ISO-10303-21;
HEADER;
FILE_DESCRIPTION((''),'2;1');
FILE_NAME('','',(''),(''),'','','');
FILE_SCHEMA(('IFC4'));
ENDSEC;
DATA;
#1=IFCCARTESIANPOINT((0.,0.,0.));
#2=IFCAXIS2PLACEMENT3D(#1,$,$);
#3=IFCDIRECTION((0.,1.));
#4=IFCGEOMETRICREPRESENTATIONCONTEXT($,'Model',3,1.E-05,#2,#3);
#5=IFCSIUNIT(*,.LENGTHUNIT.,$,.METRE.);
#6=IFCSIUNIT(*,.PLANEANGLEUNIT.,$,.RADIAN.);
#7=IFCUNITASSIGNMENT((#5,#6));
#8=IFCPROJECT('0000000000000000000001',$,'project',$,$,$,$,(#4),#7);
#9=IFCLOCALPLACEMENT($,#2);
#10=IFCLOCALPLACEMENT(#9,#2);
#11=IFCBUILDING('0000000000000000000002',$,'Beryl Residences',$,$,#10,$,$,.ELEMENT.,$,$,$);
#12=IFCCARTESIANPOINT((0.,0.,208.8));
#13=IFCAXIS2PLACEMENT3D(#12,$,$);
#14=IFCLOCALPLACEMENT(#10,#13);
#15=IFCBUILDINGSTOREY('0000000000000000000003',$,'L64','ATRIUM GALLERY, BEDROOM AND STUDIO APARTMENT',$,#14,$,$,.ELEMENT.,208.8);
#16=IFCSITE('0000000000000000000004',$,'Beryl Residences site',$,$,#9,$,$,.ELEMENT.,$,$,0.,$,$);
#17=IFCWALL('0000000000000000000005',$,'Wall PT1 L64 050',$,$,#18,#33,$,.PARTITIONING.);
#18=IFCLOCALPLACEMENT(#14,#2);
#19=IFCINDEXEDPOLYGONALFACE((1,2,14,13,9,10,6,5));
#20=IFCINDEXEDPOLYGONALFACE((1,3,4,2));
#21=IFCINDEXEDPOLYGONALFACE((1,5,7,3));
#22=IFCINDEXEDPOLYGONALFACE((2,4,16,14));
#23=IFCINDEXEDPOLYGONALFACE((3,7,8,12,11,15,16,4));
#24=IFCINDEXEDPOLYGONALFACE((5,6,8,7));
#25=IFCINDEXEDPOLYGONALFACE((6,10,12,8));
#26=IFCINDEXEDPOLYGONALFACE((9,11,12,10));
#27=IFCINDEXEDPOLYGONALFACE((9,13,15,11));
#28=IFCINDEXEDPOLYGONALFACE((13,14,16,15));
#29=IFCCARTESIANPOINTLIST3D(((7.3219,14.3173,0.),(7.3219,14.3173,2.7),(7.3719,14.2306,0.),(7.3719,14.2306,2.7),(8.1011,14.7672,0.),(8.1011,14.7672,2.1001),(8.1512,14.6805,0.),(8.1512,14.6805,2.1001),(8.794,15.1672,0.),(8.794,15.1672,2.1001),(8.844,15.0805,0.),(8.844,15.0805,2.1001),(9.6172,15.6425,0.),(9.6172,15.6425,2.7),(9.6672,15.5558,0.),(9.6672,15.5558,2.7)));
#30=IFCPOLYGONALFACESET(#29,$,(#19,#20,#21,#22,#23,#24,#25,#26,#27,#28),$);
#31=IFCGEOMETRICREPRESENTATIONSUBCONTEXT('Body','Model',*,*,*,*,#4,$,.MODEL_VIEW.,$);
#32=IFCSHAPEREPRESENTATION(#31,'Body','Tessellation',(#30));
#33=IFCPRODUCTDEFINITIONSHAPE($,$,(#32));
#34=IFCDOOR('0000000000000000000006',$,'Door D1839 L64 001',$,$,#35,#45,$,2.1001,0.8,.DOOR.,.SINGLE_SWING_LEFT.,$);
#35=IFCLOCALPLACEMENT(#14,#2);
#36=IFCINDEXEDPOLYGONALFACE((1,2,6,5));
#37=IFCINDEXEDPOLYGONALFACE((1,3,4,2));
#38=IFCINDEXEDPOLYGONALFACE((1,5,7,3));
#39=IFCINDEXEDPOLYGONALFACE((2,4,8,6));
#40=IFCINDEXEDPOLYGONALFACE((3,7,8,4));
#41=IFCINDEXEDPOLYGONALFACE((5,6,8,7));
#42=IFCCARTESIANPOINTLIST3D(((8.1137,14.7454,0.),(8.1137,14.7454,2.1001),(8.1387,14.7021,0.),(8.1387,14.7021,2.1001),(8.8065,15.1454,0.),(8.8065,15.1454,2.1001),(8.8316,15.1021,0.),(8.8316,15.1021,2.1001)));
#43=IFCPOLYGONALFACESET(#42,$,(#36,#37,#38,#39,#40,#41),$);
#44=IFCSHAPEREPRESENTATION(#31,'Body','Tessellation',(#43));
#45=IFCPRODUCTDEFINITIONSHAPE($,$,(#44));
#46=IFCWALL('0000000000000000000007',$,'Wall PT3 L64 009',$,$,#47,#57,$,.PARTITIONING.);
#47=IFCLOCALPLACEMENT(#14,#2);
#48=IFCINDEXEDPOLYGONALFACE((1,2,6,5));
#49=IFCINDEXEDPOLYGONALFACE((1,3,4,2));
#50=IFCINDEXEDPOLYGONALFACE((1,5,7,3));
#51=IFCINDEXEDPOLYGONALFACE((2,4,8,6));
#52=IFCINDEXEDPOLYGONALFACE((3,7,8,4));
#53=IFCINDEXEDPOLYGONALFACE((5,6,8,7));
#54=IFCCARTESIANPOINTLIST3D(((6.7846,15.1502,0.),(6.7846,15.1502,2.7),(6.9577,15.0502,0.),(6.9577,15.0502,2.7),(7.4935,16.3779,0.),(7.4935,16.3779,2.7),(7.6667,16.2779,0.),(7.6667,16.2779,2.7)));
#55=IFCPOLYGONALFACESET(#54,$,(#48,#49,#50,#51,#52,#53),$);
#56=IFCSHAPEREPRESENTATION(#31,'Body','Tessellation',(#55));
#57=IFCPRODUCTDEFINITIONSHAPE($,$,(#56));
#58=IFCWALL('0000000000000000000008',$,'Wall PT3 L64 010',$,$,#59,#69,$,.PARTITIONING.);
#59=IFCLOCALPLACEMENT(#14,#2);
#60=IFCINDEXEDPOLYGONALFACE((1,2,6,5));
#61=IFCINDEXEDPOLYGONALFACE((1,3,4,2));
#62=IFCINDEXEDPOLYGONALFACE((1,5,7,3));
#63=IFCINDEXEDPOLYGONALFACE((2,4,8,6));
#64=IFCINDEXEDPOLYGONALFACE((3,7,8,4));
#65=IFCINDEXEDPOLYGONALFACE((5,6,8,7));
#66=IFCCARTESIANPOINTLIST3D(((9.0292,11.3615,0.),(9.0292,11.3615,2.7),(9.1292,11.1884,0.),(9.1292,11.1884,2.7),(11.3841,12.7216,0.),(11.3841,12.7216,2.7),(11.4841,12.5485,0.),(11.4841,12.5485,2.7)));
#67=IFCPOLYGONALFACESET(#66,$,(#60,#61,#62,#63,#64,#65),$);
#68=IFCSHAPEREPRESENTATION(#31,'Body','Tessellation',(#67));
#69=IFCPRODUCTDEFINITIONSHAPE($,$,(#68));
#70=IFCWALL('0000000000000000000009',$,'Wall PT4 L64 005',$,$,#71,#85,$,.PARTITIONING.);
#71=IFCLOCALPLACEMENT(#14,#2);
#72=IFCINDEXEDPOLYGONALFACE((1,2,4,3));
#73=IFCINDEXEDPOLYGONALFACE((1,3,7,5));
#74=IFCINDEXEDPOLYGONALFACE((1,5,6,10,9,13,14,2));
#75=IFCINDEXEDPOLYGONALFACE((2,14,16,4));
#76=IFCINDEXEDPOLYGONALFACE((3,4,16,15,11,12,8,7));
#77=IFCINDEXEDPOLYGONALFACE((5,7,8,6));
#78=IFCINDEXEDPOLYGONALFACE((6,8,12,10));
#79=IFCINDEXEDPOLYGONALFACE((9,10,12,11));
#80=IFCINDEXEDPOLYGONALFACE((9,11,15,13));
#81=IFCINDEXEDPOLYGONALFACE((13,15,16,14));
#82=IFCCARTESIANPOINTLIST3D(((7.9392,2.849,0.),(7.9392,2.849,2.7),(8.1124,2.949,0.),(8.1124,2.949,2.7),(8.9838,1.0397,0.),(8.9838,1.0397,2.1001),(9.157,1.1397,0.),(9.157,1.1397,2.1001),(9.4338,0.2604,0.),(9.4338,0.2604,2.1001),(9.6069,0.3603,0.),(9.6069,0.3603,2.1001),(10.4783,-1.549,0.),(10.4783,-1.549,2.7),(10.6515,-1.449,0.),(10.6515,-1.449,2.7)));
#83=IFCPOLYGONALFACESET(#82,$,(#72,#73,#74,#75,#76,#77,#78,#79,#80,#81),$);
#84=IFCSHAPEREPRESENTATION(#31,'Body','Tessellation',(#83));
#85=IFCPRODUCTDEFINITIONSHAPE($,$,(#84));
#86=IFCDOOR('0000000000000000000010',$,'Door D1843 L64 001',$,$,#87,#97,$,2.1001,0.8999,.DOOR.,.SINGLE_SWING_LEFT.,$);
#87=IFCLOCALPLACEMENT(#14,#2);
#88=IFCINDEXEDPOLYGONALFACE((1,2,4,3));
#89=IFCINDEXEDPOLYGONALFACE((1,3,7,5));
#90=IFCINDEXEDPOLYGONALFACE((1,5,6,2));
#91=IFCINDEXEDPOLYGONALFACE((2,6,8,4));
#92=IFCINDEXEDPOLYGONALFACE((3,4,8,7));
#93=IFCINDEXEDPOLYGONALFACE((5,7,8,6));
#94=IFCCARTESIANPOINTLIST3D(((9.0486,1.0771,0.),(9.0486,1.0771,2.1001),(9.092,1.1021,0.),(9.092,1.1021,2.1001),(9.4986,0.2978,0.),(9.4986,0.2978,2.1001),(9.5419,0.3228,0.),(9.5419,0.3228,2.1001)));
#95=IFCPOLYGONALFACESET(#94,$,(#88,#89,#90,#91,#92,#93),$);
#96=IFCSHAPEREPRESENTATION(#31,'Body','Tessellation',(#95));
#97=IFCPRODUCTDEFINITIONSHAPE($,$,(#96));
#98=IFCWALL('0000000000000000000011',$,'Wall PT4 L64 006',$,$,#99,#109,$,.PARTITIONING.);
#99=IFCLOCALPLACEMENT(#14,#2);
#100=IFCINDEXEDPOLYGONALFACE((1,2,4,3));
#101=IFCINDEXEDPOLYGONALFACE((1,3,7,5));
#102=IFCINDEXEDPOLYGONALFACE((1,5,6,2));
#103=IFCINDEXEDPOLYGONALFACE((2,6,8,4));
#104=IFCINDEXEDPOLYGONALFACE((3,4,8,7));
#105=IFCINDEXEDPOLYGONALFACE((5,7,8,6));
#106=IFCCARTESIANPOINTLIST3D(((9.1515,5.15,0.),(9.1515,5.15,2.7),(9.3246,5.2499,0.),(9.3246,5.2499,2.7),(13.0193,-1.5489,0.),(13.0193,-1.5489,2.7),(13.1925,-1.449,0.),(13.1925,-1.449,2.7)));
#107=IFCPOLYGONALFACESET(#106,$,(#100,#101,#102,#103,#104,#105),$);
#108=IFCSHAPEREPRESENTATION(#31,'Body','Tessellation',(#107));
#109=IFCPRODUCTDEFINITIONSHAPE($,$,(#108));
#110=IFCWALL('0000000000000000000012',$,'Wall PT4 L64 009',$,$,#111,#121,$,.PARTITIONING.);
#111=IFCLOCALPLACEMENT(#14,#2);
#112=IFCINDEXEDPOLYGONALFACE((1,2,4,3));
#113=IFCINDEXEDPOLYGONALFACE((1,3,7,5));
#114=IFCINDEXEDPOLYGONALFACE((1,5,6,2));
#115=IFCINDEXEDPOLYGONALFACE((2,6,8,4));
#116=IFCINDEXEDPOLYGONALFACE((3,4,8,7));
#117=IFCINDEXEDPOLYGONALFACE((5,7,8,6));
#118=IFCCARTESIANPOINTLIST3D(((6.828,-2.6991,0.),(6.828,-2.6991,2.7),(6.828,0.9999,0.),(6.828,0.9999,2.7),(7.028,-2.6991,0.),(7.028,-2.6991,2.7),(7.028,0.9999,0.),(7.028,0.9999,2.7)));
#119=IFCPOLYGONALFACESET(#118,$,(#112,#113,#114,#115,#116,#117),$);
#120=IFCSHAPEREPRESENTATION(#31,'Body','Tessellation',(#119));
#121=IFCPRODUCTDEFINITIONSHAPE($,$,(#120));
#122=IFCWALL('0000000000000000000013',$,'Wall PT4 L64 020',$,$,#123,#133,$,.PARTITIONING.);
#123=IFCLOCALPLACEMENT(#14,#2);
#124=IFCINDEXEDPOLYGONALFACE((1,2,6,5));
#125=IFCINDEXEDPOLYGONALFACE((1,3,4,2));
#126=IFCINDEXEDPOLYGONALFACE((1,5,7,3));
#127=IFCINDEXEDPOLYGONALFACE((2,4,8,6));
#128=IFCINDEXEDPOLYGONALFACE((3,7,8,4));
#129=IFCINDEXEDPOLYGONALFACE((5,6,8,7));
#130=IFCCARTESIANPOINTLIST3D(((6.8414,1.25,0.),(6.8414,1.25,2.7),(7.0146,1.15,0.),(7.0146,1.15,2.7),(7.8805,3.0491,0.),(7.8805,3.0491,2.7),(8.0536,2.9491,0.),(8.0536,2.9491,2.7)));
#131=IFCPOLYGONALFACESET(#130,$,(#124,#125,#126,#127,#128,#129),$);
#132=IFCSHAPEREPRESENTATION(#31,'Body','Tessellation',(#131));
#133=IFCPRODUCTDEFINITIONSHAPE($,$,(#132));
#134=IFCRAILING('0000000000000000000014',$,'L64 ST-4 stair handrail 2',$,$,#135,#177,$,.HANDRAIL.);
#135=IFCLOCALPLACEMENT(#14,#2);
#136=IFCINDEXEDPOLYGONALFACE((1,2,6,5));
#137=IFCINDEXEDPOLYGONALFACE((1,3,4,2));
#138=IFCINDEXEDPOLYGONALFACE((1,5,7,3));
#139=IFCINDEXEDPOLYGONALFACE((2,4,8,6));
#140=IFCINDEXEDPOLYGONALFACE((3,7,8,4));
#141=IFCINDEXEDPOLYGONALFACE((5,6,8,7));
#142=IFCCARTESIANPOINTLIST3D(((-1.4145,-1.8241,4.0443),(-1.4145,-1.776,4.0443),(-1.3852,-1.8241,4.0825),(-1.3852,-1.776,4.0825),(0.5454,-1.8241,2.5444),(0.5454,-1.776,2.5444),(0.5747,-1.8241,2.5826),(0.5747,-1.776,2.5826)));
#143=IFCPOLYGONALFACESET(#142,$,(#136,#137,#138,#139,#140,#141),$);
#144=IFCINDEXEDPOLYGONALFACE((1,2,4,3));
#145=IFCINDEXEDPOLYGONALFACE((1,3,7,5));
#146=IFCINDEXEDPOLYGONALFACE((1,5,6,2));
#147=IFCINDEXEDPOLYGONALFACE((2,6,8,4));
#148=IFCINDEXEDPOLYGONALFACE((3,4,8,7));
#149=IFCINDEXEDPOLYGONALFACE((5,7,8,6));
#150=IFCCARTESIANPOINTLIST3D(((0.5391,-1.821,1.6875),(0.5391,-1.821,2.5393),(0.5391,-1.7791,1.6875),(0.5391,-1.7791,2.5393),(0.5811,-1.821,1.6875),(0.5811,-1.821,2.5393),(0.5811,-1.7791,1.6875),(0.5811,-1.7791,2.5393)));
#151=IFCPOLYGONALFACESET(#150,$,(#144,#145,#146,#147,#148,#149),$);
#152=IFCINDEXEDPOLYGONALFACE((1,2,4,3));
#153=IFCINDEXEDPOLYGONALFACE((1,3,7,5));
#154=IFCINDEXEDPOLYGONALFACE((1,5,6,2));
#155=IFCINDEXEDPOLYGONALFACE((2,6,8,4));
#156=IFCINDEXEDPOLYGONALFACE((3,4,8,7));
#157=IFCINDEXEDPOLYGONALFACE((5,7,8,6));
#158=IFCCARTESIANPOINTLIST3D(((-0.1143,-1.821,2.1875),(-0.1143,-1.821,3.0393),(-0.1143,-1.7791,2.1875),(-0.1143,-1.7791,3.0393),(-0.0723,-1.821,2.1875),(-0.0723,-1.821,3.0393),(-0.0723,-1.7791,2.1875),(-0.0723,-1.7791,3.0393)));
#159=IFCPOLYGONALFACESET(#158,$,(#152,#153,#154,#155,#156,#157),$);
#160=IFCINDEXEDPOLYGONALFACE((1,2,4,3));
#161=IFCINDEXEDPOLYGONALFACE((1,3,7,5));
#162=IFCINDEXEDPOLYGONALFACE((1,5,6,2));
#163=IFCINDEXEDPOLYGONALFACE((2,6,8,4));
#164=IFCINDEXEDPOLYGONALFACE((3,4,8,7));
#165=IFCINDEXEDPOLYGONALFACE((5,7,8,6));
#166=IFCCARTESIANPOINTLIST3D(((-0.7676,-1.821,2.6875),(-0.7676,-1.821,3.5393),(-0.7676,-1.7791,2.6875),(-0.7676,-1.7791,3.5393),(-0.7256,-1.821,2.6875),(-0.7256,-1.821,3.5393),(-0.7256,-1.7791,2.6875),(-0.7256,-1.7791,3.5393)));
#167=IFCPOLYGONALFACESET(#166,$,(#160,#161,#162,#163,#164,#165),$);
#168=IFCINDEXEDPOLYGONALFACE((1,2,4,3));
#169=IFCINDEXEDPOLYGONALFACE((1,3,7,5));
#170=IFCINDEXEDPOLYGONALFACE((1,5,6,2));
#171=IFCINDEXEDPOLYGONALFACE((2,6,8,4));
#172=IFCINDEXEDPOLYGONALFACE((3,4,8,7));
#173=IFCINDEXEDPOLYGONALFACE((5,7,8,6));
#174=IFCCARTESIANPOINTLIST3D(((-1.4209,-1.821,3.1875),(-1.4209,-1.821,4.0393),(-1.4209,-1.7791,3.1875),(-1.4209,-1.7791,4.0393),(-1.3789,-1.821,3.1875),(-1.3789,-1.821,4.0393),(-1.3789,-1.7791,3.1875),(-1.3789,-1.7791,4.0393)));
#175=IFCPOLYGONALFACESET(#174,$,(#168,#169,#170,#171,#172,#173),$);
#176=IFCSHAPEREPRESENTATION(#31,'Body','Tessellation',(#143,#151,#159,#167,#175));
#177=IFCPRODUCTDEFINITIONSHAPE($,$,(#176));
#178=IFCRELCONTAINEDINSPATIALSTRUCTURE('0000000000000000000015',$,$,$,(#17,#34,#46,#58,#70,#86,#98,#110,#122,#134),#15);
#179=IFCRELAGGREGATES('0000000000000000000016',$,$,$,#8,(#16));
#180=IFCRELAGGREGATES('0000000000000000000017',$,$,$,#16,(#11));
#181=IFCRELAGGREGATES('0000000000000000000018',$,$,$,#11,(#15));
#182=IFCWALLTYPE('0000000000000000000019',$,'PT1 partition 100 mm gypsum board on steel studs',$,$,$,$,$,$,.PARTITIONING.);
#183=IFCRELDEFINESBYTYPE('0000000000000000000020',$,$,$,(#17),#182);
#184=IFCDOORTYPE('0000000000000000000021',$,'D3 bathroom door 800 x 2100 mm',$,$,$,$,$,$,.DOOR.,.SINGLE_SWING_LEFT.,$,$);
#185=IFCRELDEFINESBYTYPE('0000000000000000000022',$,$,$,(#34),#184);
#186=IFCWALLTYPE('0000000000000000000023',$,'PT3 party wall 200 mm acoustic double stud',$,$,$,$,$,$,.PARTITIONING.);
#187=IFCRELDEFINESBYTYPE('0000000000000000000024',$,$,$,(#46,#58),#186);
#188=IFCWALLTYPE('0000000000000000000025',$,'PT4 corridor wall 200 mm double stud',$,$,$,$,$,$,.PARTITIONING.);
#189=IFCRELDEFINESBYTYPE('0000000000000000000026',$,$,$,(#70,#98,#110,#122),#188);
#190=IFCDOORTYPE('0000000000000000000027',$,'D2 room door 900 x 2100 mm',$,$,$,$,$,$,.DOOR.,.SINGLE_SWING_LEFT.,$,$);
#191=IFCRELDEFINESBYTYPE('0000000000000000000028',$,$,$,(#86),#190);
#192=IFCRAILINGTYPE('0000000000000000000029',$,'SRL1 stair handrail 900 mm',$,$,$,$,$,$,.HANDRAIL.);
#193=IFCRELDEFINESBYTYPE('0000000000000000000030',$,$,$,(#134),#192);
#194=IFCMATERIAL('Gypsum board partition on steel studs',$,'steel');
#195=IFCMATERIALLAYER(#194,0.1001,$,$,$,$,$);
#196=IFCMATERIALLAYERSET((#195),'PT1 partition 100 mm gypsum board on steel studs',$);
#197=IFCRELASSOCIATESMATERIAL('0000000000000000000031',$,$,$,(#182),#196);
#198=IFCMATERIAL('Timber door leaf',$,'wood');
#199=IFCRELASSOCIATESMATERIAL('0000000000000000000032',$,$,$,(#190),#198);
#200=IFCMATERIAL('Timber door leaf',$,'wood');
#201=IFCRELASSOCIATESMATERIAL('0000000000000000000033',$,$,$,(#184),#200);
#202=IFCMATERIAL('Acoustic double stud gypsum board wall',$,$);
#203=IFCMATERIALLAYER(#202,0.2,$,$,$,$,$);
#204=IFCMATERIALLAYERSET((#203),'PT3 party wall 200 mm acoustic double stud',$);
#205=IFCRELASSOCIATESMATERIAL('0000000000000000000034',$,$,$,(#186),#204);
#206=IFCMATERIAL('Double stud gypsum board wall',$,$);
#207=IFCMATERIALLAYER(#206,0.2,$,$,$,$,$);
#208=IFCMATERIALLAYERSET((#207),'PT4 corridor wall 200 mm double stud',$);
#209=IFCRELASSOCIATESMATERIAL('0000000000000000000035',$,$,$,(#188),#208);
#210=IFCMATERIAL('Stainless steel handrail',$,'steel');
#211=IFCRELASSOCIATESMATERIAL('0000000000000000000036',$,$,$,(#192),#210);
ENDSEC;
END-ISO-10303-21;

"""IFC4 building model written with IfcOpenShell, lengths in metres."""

from ifc_helpers import new_model, si_unit, direction, frame, frame_2d, origin, origin_2d, place, context, subcontext, project, spatial, rectangle, extrude, material, layer, layer_set, type_object, element, fill, save


model = new_model("IFC4")

# Units and contexts
model_context = context("Model", 3, precision=1e-05, world=origin(), true_north=direction((0.0, 1.0)))
body_context = subcontext(model_context, "Body", "Model", "MODEL_VIEW")
ifc_project = project(units=[si_unit("LENGTHUNIT", "METRE"), si_unit("PLANEANGLEUNIT", "RADIAN")], contexts=[model_context])

# Site, building, storey
site_placement = place(None, origin())
site = spatial("IfcSite", under=ifc_project, at=site_placement, Name="Beryl Residences site", CompositionType="ELEMENT", RefElevation=0.0)
building_placement = place(site_placement, origin())
building = spatial("IfcBuilding", under=site, at=building_placement, Name="Beryl Residences", CompositionType="ELEMENT")
storey_placement = place(building_placement, frame((0.0, 0.0, 208.8)))
storey = spatial("IfcBuildingStorey", under=building, at=storey_placement, Name="L64", Description="ATRIUM GALLERY, BEDROOM AND STUDIO APARTMENT", CompositionType="ELEMENT", Elevation=208.8)

# Wall, opening, door
ifc_material_1 = material(Name="Gypsum board partition on steel studs", Category="steel")
ifc_layer_1 = layer(ifc_material_1, 0.1001)
ifc_layer_set_1 = layer_set([ifc_layer_1], Name="PT1 partition 100 mm gypsum board on steel studs")
wall_type_1 = type_object("IfcWallType", Name="PT1 partition 100 mm gypsum board on steel studs", PredefinedType="PARTITIONING", material=ifc_layer_set_1)
ifc_material_2 = material(Name="Timber door leaf", Category="wood")
door_type_1 = type_object("IfcDoorType", Name="D2 room door 900 x 2100 mm", OperationType="SINGLE_SWING_LEFT", PredefinedType="DOOR", material=ifc_material_2)
wall_1_placement = place(storey_placement, frame((7.3469, 14.2739, 0.0), z_axis=(0.0, 0.0, 1.0), x_axis=(0.866012, 0.500023, 0.0)))
wall_1 = element("IfcWall", 1, at=wall_1_placement, inside=storey, type_object=wall_type_1, Name="Wall PT1 L64 050", PredefinedType="PARTITIONING", context=body_context, shape_type="SweptSolid", body=[
    extrude(rectangle(XDim=2.6504, YDim=0.1001, at=frame_2d((1.3252, 0.0))), origin(), (0.0, 0.0, 1.0), 2.7),
])
opening_1_placement = place(wall_1_placement, frame((0.8999, 0.0, 0.0)))
opening_1 = element("IfcOpeningElement", 2, at=opening_1_placement, cuts=wall_1, PredefinedType="OPENING", context=body_context, shape_type="SweptSolid", body=[
    extrude(rectangle(XDim=0.8, YDim=2.1001, at=frame_2d((0.3999, 1.05))), frame((0.0, 0.0601, 0.0), z_axis=(0.0, -1.0, 0.0), x_axis=(1.0, 0.0, 0.0)), (0.0, 0.0, 1.0), 0.1201),
])
ifc_material_3 = material(Name="Timber door leaf", Category="wood")
door_type_2 = type_object("IfcDoorType", Name="D3 bathroom door 800 x 2100 mm", OperationType="SINGLE_SWING_LEFT", PredefinedType="DOOR", material=ifc_material_3)
door_1_placement = place(opening_1_placement, origin())
door_1 = element("IfcDoor", 3, at=door_1_placement, inside=storey, type_object=door_type_2, Name="Door D1839 L64 001", OperationType="SINGLE_SWING_LEFT", OverallHeight=2.1001, OverallWidth=0.8, PredefinedType="DOOR", context=body_context, shape_type="SweptSolid", body=[
    extrude(rectangle(XDim=0.8, YDim=2.1001, at=frame_2d((0.3999, 1.05))), frame((0.0, 0.0249, 0.0), z_axis=(0.0, -1.0, 0.0), x_axis=(1.0, 0.0, 0.0)), (0.0, 0.0, 1.0), 0.05),
])
fill(opening_1, door_1)

# Walls
ifc_material_4 = material(Name="Acoustic double stud gypsum board wall")
ifc_layer_2 = layer(ifc_material_4, 0.2)
ifc_layer_set_2 = layer_set([ifc_layer_2], Name="PT3 party wall 200 mm acoustic double stud")
wall_type_2 = type_object("IfcWallType", Name="PT3 party wall 200 mm acoustic double stud", PredefinedType="PARTITIONING", material=ifc_layer_set_2)
wall_2_placement = place(storey_placement, frame((6.8711, 15.1001, 0.0), z_axis=(0.0, 0.0, 1.0), x_axis=(0.500065, 0.865988, 0.0)))
element("IfcWall", 4, at=wall_2_placement, inside=storey, type_object=wall_type_2, Name="Wall PT3 L64 009", PredefinedType="PARTITIONING", context=body_context, shape_type="SweptSolid", body=[
    extrude(rectangle(XDim=1.4177, YDim=0.2, at=frame_2d((0.709, 0.0))), origin(), (0.0, 0.0, 1.0), 2.7),
])
wall_3_placement = place(storey_placement, frame((9.0791, 11.2749, 0.0), z_axis=(0.0, 0.0, 1.0), x_axis=(0.865952, 0.500127, 0.0)))
element("IfcWall", 5, at=wall_3_placement, inside=storey, type_object=wall_type_2, Name="Wall PT3 L64 010", PredefinedType="PARTITIONING", context=body_context, shape_type="SweptSolid", body=[
    extrude(rectangle(XDim=2.7195, YDim=0.2, at=frame_2d((1.3599, 0.0))), origin(), (0.0, 0.0, 1.0), 2.7),
])

# Wall, opening, door
ifc_material_5 = material(Name="Double stud gypsum board wall")
ifc_layer_3 = layer(ifc_material_5, 0.2)
ifc_layer_set_3 = layer_set([ifc_layer_3], Name="PT4 corridor wall 200 mm double stud")
wall_type_3 = type_object("IfcWallType", Name="PT4 corridor wall 200 mm double stud", PredefinedType="PARTITIONING", material=ifc_layer_set_3)
wall_4_placement = place(storey_placement, frame((8.0259, 2.8989, 0.0), z_axis=(0.0, 0.0, 1.0), x_axis=(0.499986, -0.866033, 0.0)))
wall_4 = element("IfcWall", 6, at=wall_4_placement, inside=storey, type_object=wall_type_3, Name="Wall PT4 L64 005", PredefinedType="PARTITIONING", context=body_context, shape_type="SweptSolid", body=[
    extrude(rectangle(XDim=5.0784, YDim=0.2, at=frame_2d((2.5391, 0.0))), origin(), (0.0, 0.0, 1.0), 2.7),
])
opening_2_placement = place(wall_4_placement, frame((2.0891, 0.0, 0.0)))
opening_2 = element("IfcOpeningElement", 7, at=opening_2_placement, cuts=wall_4, PredefinedType="OPENING", context=body_context, shape_type="SweptSolid", body=[
    extrude(rectangle(XDim=0.8999, YDim=2.1001, at=frame_2d((0.45, 1.05))), frame((0.0, 0.1099, 0.0), z_axis=(0.0, -1.0, 0.0), x_axis=(1.0, 0.0, 0.0)), (0.0, 0.0, 1.0), 0.22),
])
door_2_placement = place(opening_2_placement, origin())
door_2 = element("IfcDoor", 8, at=door_2_placement, inside=storey, type_object=door_type_1, Name="Door D1843 L64 001", OperationType="SINGLE_SWING_LEFT", OverallHeight=2.1001, OverallWidth=0.8999, PredefinedType="DOOR", context=body_context, shape_type="SweptSolid", body=[
    extrude(rectangle(XDim=0.8999, YDim=2.1001, at=frame_2d((0.45, 1.05))), frame((0.0, 0.0249, 0.0), z_axis=(0.0, -1.0, 0.0), x_axis=(1.0, 0.0, 0.0)), (0.0, 0.0, 1.0), 0.05),
])
fill(opening_2, door_2)

# Walls
wall_5_placement = place(storey_placement, frame((9.238, 5.2, 0.0), z_axis=(0.0, 0.0, 1.0), x_axis=(0.500026, -0.866011, 0.0)))
element("IfcWall", 9, at=wall_5_placement, inside=storey, type_object=wall_type_3, Name="Wall PT4 L64 006", PredefinedType="PARTITIONING", context=body_context, shape_type="SweptSolid", body=[
    extrude(rectangle(XDim=7.7354, YDim=0.2, at=frame_2d((3.8677, 0.0))), origin(), (0.0, 0.0, 1.0), 2.7),
])
wall_6_placement = place(storey_placement, frame((6.928, 1.0, 0.0), z_axis=(0.0, 0.0, 1.0), x_axis=(0.0, -1.0, 0.0)))
element("IfcWall", 10, at=wall_6_placement, inside=storey, type_object=wall_type_3, Name="Wall PT4 L64 009", PredefinedType="PARTITIONING", context=body_context, shape_type="SweptSolid", body=[
    extrude(rectangle(XDim=3.699, YDim=0.2, at=frame_2d((1.8496, 0.0))), origin(), (0.0, 0.0, 1.0), 2.7),
])
wall_7_placement = place(storey_placement, frame((6.928, 1.2, 0.0), z_axis=(0.0, 0.0, 1.0), x_axis=(0.500133, 0.865949, 0.0)))
element("IfcWall", 11, at=wall_7_placement, inside=storey, type_object=wall_type_3, Name="Wall PT4 L64 020", PredefinedType="PARTITIONING", context=body_context, shape_type="SweptSolid", body=[
    extrude(rectangle(XDim=2.0776, YDim=0.2, at=frame_2d((1.0388, 0.0))), origin(), (0.0, 0.0, 1.0), 2.7),
])

# Railing
ifc_material_6 = material(Name="Stainless steel handrail", Category="steel")
railing_type_1 = type_object("IfcRailingType", Name="SRL1 stair handrail 900 mm", PredefinedType="HANDRAIL", material=ifc_material_6)
railing_1_placement = place(storey_placement, frame((0.5601, -1.8, 1.6875)))
element("IfcRailing", 12, at=railing_1_placement, inside=storey, type_object=railing_type_1, Name="L64 ST-4 stair handrail 2", PredefinedType="HANDRAIL", context=body_context, shape_type="SweptSolid", body=[
    extrude(rectangle(XDim=0.0481, YDim=0.0481, at=origin_2d()), frame((0.0, 0.0, 0.876), z_axis=(-0.794122, 0.0, 0.607758), x_axis=(0.0, -1.0, 0.0)), (0.0, 0.0, 1.0), 2.468),
    extrude(rectangle(XDim=0.042, YDim=0.042, at=origin_2d()), origin(), (0.0, 0.0, 1.0), 0.8518),
    extrude(rectangle(XDim=0.042, YDim=0.042, at=origin_2d()), frame((-0.6533, 0.0, 0.5)), (0.0, 0.0, 1.0), 0.8518),
    extrude(rectangle(XDim=0.042, YDim=0.042, at=origin_2d()), frame((-1.3066, 0.0, 1.0)), (0.0, 0.0, 1.0), 0.8518),
    extrude(rectangle(XDim=0.042, YDim=0.042, at=origin_2d()), frame((-1.96, 0.0, 1.5)), (0.0, 0.0, 1.0), 0.8518),
])

save(model, "model.ifc")
